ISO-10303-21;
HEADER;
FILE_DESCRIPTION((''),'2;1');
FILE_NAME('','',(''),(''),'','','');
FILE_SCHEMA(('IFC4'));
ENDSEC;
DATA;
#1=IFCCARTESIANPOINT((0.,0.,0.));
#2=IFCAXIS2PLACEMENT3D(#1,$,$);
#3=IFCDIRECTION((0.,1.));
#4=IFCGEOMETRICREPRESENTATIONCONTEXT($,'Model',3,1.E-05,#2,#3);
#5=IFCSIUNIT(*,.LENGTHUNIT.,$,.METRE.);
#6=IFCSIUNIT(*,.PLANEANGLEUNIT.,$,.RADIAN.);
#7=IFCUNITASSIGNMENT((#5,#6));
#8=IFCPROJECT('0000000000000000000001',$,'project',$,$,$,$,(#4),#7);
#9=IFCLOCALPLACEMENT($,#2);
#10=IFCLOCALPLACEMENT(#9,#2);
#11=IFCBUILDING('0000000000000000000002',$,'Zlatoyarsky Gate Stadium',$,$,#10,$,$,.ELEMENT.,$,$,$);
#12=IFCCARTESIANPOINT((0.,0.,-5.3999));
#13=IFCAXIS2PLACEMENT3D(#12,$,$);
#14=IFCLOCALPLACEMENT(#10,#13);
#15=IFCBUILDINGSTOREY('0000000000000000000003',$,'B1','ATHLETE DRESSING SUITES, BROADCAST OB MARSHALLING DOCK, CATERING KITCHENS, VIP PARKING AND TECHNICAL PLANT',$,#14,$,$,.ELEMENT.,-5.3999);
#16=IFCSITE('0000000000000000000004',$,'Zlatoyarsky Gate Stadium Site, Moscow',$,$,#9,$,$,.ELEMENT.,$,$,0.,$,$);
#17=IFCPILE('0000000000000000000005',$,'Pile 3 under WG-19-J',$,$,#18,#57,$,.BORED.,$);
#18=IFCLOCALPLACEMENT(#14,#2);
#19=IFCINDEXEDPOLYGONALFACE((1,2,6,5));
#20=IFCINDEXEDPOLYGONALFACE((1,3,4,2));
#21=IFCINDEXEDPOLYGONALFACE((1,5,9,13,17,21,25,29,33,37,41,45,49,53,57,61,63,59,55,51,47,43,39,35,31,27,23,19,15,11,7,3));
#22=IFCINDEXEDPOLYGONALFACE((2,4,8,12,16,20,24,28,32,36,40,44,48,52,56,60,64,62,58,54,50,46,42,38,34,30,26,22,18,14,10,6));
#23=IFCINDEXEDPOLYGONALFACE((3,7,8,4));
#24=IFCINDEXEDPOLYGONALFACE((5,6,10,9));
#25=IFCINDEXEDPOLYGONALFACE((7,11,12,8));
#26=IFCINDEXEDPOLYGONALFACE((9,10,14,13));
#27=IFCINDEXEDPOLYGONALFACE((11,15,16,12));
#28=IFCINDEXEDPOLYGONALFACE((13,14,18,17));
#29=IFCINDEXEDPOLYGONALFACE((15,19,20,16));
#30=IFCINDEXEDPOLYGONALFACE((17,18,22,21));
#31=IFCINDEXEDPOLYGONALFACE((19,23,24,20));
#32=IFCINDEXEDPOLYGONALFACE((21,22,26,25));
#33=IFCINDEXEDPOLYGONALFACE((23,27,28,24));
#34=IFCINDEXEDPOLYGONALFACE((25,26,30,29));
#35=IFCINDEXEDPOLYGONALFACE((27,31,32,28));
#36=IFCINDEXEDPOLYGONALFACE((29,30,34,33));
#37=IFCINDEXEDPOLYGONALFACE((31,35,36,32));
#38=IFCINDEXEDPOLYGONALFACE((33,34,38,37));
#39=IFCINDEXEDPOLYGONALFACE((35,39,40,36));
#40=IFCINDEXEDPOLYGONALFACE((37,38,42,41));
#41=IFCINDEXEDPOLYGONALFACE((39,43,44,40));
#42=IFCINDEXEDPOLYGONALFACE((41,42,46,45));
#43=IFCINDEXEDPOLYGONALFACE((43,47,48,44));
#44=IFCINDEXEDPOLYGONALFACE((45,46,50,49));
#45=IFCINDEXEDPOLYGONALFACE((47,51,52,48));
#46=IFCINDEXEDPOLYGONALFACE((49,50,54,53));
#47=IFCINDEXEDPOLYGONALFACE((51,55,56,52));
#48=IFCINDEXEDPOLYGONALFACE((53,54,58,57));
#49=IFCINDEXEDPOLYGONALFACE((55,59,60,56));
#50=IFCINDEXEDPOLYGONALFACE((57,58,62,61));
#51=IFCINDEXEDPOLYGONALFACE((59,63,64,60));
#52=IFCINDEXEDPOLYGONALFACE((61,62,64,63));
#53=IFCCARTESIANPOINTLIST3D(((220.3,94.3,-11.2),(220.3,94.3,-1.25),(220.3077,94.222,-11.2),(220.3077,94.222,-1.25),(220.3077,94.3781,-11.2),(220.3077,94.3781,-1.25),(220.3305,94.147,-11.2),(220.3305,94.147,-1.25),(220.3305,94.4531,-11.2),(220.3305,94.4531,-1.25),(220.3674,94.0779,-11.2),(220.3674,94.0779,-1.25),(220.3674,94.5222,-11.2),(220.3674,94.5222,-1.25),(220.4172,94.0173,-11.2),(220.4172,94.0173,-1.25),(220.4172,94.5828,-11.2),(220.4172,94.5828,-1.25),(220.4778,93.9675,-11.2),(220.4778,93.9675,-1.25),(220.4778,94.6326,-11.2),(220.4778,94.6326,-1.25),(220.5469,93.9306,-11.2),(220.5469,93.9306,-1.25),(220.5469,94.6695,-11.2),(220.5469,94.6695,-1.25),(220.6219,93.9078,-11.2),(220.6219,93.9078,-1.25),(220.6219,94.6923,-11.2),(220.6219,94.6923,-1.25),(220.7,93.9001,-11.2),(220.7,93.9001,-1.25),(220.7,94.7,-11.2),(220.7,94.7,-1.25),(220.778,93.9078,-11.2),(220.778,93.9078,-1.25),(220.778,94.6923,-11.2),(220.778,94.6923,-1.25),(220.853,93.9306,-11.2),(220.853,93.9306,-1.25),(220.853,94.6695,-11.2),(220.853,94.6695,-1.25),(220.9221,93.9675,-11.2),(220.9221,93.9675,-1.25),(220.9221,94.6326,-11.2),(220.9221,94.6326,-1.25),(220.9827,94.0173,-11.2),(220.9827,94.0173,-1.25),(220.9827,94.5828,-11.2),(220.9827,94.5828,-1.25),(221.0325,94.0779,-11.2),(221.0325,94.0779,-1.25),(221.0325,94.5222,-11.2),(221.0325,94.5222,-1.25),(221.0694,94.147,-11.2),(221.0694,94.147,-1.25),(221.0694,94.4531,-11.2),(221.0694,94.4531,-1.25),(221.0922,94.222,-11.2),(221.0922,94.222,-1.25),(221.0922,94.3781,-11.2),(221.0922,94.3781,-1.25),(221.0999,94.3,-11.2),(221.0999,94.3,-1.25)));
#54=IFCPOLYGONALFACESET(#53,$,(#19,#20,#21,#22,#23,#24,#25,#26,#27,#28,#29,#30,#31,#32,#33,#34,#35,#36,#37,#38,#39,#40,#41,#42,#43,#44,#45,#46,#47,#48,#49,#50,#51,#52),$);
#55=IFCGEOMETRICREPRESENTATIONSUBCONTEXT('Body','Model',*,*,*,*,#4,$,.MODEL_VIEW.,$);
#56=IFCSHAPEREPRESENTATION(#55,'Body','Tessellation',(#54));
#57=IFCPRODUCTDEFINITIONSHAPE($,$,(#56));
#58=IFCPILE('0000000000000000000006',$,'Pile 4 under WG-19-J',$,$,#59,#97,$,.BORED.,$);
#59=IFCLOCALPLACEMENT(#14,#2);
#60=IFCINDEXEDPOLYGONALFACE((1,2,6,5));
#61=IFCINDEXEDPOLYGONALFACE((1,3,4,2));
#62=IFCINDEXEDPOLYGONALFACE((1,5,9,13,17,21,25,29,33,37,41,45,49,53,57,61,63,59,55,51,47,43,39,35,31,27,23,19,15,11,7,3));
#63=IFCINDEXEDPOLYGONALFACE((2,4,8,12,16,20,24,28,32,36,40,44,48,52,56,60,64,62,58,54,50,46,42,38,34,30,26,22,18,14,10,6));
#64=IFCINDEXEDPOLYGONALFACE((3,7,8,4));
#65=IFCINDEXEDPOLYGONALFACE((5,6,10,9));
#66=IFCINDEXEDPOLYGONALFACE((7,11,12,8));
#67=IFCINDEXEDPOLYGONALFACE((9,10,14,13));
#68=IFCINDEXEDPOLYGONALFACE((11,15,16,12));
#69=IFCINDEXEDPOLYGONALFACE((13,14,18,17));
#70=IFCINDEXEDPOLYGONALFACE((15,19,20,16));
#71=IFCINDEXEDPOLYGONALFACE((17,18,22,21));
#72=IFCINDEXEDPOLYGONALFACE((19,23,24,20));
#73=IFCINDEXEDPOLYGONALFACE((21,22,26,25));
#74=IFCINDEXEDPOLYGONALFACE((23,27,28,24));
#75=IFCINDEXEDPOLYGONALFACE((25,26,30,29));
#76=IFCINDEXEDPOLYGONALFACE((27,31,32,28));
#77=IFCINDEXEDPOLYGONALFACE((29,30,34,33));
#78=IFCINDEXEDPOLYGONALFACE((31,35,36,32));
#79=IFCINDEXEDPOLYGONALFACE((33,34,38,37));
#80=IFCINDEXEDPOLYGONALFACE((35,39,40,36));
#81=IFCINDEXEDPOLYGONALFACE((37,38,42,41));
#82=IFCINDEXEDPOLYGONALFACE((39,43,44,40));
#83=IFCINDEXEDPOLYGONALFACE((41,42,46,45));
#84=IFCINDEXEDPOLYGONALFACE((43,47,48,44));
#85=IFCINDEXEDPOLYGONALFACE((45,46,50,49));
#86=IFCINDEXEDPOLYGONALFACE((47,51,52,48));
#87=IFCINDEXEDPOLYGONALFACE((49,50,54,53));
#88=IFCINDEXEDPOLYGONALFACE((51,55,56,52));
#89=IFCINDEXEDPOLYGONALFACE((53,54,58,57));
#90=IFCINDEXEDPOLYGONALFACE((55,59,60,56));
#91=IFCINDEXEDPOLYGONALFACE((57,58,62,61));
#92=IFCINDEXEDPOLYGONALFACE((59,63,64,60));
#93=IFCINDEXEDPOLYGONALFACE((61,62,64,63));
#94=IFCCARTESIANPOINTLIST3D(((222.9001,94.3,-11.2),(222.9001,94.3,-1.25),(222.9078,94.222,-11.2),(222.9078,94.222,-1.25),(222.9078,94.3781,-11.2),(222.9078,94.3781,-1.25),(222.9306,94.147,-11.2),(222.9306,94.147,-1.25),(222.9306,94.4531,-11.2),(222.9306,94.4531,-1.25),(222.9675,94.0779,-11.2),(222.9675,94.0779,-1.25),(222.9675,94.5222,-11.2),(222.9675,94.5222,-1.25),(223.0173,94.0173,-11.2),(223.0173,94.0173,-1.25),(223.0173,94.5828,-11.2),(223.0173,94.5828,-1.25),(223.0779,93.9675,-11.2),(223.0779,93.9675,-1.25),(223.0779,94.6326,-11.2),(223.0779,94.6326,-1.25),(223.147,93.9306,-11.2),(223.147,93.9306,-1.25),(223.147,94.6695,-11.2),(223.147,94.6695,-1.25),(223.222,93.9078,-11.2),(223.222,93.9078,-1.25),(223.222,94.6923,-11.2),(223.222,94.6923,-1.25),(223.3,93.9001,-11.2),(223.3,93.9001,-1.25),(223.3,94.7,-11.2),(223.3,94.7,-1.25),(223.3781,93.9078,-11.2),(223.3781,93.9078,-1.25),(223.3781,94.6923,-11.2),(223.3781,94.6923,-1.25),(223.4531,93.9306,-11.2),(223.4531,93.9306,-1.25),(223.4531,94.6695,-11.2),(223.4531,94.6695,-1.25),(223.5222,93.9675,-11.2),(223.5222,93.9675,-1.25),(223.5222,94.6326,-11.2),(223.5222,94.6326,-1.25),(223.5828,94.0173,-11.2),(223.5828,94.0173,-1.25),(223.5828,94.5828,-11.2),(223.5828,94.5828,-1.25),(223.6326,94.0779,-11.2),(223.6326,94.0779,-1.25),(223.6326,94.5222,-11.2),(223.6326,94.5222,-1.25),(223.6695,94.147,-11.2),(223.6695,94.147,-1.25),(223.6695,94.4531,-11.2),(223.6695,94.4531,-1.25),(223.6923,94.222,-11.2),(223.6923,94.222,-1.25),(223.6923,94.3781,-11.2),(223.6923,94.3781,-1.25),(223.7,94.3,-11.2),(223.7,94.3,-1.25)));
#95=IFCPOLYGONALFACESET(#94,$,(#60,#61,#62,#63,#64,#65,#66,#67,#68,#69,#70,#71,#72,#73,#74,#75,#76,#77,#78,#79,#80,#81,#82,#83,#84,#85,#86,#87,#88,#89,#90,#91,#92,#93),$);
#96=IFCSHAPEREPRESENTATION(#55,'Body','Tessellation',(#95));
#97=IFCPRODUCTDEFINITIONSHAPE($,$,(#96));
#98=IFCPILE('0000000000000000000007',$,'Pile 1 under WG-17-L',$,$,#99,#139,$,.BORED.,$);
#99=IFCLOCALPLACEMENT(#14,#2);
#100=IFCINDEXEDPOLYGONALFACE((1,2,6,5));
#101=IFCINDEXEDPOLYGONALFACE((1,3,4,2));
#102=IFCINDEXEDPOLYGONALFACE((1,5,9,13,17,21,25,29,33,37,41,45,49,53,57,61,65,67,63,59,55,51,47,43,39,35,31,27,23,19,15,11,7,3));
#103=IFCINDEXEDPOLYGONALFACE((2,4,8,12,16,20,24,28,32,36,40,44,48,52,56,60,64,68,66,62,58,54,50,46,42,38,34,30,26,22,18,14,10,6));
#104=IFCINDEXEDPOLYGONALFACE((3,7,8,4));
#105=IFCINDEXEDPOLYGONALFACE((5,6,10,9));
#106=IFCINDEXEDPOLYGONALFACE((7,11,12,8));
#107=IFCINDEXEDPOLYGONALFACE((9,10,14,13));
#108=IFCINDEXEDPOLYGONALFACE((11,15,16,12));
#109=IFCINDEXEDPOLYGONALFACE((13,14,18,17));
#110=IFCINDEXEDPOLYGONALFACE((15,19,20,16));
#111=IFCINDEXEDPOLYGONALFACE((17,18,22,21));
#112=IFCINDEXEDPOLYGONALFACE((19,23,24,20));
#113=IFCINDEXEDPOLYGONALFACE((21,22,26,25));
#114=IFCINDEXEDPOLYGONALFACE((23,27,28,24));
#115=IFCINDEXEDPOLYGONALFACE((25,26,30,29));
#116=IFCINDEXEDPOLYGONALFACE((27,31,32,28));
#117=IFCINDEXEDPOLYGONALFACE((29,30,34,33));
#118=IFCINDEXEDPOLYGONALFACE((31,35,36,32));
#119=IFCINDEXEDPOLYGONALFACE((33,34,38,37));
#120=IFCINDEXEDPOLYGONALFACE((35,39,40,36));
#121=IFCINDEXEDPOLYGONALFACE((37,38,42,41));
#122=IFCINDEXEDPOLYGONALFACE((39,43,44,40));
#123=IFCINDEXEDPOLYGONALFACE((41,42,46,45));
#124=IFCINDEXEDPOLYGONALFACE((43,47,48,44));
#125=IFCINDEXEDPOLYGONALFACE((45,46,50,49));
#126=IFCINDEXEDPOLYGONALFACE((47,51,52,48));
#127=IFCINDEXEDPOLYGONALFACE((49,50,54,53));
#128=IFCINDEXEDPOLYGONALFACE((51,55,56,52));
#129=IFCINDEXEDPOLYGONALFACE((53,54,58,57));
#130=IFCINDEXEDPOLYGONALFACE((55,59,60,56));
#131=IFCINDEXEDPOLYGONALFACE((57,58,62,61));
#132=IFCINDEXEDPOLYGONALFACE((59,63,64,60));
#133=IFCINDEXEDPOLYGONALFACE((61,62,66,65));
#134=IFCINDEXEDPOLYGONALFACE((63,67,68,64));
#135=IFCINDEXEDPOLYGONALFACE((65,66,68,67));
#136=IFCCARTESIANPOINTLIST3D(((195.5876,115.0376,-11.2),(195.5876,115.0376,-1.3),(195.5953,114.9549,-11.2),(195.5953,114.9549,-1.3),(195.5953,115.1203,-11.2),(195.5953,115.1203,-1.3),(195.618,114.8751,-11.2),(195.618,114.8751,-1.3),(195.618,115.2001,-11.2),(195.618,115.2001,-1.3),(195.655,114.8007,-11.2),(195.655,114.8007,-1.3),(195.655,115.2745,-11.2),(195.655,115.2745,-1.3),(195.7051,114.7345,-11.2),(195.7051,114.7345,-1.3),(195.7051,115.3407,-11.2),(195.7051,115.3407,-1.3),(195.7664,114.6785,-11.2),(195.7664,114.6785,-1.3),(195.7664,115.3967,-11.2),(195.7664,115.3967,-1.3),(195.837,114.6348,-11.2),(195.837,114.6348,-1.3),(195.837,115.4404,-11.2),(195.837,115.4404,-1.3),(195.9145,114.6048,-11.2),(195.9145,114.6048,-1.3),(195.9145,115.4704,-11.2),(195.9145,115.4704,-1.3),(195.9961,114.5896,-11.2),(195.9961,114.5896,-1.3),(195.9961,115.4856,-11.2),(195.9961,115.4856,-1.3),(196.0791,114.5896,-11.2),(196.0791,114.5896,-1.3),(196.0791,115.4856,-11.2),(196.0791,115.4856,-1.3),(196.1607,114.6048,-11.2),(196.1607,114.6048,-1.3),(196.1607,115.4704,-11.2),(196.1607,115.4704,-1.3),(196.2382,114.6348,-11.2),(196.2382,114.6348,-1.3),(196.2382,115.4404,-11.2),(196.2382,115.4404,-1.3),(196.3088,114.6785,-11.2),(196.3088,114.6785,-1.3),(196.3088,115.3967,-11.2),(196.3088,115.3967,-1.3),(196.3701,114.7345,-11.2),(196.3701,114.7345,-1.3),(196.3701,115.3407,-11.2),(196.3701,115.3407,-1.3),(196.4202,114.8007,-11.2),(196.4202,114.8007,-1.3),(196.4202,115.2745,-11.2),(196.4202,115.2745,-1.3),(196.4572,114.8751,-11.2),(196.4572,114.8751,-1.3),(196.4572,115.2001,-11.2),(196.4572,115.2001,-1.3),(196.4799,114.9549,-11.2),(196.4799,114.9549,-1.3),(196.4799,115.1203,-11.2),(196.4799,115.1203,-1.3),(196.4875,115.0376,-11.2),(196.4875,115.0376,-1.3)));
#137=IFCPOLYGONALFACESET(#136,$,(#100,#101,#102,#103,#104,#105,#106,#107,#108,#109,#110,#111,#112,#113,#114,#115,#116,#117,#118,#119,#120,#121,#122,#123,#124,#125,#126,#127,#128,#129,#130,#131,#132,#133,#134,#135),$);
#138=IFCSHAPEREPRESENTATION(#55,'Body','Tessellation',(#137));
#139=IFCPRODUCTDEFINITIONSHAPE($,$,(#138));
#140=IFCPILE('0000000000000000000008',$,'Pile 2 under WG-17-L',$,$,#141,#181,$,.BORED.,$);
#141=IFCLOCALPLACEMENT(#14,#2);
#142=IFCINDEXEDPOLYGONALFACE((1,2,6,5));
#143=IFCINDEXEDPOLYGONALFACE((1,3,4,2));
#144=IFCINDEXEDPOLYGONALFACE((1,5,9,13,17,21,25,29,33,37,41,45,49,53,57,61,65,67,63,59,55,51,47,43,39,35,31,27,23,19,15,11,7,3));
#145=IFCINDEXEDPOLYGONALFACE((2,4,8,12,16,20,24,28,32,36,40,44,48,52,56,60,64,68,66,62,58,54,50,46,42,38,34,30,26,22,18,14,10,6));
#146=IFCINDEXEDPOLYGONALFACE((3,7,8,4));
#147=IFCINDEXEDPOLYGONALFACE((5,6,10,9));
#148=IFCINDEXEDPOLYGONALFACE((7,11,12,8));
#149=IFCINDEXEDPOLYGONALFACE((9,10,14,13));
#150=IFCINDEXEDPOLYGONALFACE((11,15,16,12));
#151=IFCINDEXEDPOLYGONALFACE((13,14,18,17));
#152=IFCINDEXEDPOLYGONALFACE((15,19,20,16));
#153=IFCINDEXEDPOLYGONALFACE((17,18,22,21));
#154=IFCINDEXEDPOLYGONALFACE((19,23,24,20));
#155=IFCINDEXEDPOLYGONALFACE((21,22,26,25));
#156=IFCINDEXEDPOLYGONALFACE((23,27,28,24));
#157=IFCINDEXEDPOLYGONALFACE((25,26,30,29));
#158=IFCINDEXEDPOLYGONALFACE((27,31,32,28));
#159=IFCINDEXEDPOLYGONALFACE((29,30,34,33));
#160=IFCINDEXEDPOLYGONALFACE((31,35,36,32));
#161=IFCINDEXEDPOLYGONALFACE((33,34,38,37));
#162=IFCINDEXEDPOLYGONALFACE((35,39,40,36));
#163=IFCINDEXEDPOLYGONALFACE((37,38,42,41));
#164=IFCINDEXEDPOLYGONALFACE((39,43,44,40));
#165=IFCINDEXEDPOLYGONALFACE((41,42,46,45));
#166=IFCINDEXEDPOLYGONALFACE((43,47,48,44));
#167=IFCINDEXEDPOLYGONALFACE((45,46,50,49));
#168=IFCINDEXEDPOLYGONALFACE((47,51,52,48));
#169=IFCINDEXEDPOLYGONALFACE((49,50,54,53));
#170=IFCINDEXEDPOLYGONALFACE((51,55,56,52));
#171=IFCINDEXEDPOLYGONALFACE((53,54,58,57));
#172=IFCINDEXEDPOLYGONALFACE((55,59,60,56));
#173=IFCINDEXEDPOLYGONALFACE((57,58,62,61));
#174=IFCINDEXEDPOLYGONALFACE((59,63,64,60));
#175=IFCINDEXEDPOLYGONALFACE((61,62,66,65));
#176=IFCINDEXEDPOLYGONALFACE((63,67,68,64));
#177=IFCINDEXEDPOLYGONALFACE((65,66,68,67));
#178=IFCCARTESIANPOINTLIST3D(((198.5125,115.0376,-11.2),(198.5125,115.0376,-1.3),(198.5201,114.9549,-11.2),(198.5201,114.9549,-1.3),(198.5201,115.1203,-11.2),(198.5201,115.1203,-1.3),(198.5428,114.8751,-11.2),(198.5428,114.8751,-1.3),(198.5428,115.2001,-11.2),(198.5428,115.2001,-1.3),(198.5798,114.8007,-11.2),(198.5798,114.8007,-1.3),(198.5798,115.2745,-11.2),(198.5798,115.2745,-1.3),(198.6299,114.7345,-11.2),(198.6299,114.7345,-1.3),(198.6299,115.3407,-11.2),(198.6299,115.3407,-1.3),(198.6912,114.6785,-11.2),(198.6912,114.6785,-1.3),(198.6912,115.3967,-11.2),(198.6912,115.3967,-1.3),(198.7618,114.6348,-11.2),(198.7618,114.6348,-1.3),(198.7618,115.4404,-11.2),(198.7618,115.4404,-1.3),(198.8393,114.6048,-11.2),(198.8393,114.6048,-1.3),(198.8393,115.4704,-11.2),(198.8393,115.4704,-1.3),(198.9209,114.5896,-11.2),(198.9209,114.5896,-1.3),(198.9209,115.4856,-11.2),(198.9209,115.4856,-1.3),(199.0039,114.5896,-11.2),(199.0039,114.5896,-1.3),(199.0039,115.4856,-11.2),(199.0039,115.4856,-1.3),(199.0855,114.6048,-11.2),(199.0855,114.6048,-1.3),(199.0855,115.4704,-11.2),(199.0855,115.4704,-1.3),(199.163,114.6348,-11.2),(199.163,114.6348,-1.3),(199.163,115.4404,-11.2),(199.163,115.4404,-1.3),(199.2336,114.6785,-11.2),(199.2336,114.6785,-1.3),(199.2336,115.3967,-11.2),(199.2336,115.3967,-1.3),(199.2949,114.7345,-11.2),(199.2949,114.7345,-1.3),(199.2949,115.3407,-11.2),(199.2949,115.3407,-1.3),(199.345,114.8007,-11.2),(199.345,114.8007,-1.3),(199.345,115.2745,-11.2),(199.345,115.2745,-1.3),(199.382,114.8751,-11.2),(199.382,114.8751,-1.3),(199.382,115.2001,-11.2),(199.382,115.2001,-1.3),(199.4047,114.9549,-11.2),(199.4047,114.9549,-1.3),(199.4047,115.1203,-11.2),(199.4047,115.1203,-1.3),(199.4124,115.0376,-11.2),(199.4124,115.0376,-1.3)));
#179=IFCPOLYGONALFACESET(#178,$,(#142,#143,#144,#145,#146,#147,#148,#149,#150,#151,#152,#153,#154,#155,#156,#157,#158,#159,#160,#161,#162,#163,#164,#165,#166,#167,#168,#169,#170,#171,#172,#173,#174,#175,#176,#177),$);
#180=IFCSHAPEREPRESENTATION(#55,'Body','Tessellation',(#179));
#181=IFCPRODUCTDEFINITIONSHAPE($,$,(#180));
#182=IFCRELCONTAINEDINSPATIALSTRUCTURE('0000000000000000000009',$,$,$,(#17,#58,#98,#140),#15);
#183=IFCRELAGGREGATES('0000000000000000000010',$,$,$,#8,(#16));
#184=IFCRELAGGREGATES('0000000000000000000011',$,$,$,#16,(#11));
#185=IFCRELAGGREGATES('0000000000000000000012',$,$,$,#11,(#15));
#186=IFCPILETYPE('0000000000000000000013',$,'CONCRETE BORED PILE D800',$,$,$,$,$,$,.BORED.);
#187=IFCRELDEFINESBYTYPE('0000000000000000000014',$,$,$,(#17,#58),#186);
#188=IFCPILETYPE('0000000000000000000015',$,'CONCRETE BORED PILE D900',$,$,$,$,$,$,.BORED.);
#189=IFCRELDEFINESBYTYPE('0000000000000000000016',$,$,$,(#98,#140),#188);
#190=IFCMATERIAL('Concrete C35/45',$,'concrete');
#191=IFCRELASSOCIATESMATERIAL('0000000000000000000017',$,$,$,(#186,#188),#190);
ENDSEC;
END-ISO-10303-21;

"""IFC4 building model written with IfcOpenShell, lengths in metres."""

from ifc_helpers import new_model, si_unit, direction, frame, origin, origin_2d, place, context, subcontext, project, spatial, circle, extrude, material, material_profile, profile_set, type_object, element, save


model = new_model("IFC4")

# Units and contexts
model_context = context("Model", 3, precision=1e-05, world=origin(), true_north=direction((0.0, 1.0)))
body_context = subcontext(model_context, "Body", "Model", "MODEL_VIEW")
ifc_project = project(units=[si_unit("LENGTHUNIT", "METRE"), si_unit("PLANEANGLEUNIT", "RADIAN")], contexts=[model_context])

# Site, building, storey
site_placement = place(None, origin())
site = spatial("IfcSite", under=ifc_project, at=site_placement, Name="Zlatoyarsky Gate Stadium Site, Moscow", CompositionType="ELEMENT", RefElevation=0.0)
building_placement = place(site_placement, origin())
building = spatial("IfcBuilding", under=site, at=building_placement, Name="Zlatoyarsky Gate Stadium", CompositionType="ELEMENT")
storey_placement = place(building_placement, frame((0.0, 0.0, -5.3999)))
storey = spatial("IfcBuildingStorey", under=building, at=storey_placement, Name="B1", Description="ATHLETE DRESSING SUITES, BROADCAST OB MARSHALLING DOCK, CATERING KITCHENS, VIP PARKING AND TECHNICAL PLANT", CompositionType="ELEMENT", Elevation=-5.3999)

# Piles
ifc_material_1 = material(Name="Concrete C35/45", Category="concrete")
ifc_material_profile_1 = material_profile(ifc_material_1, circle(Radius=0.3999, at=origin_2d()), Name="BORED PILE D800")
ifc_profile_set_1 = profile_set([ifc_material_profile_1], Name="Concrete C35/45")
pile_type_1 = type_object("IfcPileType", Name="CONCRETE BORED PILE D800", PredefinedType="BORED", material=ifc_profile_set_1)
for number, where, z_axis, x_axis, name in (
    (1, (220.7, 94.3, -1.25), (0.0, 0.0, -1.0), (1.0, 0.0, 0.0), "Pile 3 under WG-19-J"),
    (2, (223.3, 94.3, -1.25), (0.0, 0.0, -1.0), (1.0, 0.0, 0.0), "Pile 4 under WG-19-J"),
):
    element("IfcPile", number, at=place(storey_placement, frame(where, z_axis=z_axis, x_axis=x_axis)), inside=storey, type_object=pile_type_1, Name=name, PredefinedType="BORED", context=body_context, shape_type="SweptSolid", body=[
        extrude(circle(Radius=0.3999, at=origin_2d()), origin(), (0.0, 0.0, 1.0), 9.95),
    ])
ifc_material_profile_2 = material_profile(ifc_material_1, circle(Radius=0.45, at=origin_2d()), Name="BORED PILE D900")
ifc_profile_set_2 = profile_set([ifc_material_profile_2], Name="Concrete C35/45")
pile_type_2 = type_object("IfcPileType", Name="CONCRETE BORED PILE D900", PredefinedType="BORED", material=ifc_profile_set_2)
for number, where, z_axis, x_axis, name in (
    (3, (196.0376, 115.0376, -1.3), (0.0, 0.0, -1.0), (1.0, 0.0, 0.0), "Pile 1 under WG-17-L"),
    (4, (198.9624, 115.0376, -1.3), (0.0, 0.0, -1.0), (1.0, 0.0, 0.0), "Pile 2 under WG-17-L"),
):
    element("IfcPile", number, at=place(storey_placement, frame(where, z_axis=z_axis, x_axis=x_axis)), inside=storey, type_object=pile_type_2, Name=name, PredefinedType="BORED", context=body_context, shape_type="SweptSolid", body=[
        extrude(circle(Radius=0.45, at=origin_2d()), origin(), (0.0, 0.0, 1.0), 9.8999),
    ])

save(model, "model.ifc")
